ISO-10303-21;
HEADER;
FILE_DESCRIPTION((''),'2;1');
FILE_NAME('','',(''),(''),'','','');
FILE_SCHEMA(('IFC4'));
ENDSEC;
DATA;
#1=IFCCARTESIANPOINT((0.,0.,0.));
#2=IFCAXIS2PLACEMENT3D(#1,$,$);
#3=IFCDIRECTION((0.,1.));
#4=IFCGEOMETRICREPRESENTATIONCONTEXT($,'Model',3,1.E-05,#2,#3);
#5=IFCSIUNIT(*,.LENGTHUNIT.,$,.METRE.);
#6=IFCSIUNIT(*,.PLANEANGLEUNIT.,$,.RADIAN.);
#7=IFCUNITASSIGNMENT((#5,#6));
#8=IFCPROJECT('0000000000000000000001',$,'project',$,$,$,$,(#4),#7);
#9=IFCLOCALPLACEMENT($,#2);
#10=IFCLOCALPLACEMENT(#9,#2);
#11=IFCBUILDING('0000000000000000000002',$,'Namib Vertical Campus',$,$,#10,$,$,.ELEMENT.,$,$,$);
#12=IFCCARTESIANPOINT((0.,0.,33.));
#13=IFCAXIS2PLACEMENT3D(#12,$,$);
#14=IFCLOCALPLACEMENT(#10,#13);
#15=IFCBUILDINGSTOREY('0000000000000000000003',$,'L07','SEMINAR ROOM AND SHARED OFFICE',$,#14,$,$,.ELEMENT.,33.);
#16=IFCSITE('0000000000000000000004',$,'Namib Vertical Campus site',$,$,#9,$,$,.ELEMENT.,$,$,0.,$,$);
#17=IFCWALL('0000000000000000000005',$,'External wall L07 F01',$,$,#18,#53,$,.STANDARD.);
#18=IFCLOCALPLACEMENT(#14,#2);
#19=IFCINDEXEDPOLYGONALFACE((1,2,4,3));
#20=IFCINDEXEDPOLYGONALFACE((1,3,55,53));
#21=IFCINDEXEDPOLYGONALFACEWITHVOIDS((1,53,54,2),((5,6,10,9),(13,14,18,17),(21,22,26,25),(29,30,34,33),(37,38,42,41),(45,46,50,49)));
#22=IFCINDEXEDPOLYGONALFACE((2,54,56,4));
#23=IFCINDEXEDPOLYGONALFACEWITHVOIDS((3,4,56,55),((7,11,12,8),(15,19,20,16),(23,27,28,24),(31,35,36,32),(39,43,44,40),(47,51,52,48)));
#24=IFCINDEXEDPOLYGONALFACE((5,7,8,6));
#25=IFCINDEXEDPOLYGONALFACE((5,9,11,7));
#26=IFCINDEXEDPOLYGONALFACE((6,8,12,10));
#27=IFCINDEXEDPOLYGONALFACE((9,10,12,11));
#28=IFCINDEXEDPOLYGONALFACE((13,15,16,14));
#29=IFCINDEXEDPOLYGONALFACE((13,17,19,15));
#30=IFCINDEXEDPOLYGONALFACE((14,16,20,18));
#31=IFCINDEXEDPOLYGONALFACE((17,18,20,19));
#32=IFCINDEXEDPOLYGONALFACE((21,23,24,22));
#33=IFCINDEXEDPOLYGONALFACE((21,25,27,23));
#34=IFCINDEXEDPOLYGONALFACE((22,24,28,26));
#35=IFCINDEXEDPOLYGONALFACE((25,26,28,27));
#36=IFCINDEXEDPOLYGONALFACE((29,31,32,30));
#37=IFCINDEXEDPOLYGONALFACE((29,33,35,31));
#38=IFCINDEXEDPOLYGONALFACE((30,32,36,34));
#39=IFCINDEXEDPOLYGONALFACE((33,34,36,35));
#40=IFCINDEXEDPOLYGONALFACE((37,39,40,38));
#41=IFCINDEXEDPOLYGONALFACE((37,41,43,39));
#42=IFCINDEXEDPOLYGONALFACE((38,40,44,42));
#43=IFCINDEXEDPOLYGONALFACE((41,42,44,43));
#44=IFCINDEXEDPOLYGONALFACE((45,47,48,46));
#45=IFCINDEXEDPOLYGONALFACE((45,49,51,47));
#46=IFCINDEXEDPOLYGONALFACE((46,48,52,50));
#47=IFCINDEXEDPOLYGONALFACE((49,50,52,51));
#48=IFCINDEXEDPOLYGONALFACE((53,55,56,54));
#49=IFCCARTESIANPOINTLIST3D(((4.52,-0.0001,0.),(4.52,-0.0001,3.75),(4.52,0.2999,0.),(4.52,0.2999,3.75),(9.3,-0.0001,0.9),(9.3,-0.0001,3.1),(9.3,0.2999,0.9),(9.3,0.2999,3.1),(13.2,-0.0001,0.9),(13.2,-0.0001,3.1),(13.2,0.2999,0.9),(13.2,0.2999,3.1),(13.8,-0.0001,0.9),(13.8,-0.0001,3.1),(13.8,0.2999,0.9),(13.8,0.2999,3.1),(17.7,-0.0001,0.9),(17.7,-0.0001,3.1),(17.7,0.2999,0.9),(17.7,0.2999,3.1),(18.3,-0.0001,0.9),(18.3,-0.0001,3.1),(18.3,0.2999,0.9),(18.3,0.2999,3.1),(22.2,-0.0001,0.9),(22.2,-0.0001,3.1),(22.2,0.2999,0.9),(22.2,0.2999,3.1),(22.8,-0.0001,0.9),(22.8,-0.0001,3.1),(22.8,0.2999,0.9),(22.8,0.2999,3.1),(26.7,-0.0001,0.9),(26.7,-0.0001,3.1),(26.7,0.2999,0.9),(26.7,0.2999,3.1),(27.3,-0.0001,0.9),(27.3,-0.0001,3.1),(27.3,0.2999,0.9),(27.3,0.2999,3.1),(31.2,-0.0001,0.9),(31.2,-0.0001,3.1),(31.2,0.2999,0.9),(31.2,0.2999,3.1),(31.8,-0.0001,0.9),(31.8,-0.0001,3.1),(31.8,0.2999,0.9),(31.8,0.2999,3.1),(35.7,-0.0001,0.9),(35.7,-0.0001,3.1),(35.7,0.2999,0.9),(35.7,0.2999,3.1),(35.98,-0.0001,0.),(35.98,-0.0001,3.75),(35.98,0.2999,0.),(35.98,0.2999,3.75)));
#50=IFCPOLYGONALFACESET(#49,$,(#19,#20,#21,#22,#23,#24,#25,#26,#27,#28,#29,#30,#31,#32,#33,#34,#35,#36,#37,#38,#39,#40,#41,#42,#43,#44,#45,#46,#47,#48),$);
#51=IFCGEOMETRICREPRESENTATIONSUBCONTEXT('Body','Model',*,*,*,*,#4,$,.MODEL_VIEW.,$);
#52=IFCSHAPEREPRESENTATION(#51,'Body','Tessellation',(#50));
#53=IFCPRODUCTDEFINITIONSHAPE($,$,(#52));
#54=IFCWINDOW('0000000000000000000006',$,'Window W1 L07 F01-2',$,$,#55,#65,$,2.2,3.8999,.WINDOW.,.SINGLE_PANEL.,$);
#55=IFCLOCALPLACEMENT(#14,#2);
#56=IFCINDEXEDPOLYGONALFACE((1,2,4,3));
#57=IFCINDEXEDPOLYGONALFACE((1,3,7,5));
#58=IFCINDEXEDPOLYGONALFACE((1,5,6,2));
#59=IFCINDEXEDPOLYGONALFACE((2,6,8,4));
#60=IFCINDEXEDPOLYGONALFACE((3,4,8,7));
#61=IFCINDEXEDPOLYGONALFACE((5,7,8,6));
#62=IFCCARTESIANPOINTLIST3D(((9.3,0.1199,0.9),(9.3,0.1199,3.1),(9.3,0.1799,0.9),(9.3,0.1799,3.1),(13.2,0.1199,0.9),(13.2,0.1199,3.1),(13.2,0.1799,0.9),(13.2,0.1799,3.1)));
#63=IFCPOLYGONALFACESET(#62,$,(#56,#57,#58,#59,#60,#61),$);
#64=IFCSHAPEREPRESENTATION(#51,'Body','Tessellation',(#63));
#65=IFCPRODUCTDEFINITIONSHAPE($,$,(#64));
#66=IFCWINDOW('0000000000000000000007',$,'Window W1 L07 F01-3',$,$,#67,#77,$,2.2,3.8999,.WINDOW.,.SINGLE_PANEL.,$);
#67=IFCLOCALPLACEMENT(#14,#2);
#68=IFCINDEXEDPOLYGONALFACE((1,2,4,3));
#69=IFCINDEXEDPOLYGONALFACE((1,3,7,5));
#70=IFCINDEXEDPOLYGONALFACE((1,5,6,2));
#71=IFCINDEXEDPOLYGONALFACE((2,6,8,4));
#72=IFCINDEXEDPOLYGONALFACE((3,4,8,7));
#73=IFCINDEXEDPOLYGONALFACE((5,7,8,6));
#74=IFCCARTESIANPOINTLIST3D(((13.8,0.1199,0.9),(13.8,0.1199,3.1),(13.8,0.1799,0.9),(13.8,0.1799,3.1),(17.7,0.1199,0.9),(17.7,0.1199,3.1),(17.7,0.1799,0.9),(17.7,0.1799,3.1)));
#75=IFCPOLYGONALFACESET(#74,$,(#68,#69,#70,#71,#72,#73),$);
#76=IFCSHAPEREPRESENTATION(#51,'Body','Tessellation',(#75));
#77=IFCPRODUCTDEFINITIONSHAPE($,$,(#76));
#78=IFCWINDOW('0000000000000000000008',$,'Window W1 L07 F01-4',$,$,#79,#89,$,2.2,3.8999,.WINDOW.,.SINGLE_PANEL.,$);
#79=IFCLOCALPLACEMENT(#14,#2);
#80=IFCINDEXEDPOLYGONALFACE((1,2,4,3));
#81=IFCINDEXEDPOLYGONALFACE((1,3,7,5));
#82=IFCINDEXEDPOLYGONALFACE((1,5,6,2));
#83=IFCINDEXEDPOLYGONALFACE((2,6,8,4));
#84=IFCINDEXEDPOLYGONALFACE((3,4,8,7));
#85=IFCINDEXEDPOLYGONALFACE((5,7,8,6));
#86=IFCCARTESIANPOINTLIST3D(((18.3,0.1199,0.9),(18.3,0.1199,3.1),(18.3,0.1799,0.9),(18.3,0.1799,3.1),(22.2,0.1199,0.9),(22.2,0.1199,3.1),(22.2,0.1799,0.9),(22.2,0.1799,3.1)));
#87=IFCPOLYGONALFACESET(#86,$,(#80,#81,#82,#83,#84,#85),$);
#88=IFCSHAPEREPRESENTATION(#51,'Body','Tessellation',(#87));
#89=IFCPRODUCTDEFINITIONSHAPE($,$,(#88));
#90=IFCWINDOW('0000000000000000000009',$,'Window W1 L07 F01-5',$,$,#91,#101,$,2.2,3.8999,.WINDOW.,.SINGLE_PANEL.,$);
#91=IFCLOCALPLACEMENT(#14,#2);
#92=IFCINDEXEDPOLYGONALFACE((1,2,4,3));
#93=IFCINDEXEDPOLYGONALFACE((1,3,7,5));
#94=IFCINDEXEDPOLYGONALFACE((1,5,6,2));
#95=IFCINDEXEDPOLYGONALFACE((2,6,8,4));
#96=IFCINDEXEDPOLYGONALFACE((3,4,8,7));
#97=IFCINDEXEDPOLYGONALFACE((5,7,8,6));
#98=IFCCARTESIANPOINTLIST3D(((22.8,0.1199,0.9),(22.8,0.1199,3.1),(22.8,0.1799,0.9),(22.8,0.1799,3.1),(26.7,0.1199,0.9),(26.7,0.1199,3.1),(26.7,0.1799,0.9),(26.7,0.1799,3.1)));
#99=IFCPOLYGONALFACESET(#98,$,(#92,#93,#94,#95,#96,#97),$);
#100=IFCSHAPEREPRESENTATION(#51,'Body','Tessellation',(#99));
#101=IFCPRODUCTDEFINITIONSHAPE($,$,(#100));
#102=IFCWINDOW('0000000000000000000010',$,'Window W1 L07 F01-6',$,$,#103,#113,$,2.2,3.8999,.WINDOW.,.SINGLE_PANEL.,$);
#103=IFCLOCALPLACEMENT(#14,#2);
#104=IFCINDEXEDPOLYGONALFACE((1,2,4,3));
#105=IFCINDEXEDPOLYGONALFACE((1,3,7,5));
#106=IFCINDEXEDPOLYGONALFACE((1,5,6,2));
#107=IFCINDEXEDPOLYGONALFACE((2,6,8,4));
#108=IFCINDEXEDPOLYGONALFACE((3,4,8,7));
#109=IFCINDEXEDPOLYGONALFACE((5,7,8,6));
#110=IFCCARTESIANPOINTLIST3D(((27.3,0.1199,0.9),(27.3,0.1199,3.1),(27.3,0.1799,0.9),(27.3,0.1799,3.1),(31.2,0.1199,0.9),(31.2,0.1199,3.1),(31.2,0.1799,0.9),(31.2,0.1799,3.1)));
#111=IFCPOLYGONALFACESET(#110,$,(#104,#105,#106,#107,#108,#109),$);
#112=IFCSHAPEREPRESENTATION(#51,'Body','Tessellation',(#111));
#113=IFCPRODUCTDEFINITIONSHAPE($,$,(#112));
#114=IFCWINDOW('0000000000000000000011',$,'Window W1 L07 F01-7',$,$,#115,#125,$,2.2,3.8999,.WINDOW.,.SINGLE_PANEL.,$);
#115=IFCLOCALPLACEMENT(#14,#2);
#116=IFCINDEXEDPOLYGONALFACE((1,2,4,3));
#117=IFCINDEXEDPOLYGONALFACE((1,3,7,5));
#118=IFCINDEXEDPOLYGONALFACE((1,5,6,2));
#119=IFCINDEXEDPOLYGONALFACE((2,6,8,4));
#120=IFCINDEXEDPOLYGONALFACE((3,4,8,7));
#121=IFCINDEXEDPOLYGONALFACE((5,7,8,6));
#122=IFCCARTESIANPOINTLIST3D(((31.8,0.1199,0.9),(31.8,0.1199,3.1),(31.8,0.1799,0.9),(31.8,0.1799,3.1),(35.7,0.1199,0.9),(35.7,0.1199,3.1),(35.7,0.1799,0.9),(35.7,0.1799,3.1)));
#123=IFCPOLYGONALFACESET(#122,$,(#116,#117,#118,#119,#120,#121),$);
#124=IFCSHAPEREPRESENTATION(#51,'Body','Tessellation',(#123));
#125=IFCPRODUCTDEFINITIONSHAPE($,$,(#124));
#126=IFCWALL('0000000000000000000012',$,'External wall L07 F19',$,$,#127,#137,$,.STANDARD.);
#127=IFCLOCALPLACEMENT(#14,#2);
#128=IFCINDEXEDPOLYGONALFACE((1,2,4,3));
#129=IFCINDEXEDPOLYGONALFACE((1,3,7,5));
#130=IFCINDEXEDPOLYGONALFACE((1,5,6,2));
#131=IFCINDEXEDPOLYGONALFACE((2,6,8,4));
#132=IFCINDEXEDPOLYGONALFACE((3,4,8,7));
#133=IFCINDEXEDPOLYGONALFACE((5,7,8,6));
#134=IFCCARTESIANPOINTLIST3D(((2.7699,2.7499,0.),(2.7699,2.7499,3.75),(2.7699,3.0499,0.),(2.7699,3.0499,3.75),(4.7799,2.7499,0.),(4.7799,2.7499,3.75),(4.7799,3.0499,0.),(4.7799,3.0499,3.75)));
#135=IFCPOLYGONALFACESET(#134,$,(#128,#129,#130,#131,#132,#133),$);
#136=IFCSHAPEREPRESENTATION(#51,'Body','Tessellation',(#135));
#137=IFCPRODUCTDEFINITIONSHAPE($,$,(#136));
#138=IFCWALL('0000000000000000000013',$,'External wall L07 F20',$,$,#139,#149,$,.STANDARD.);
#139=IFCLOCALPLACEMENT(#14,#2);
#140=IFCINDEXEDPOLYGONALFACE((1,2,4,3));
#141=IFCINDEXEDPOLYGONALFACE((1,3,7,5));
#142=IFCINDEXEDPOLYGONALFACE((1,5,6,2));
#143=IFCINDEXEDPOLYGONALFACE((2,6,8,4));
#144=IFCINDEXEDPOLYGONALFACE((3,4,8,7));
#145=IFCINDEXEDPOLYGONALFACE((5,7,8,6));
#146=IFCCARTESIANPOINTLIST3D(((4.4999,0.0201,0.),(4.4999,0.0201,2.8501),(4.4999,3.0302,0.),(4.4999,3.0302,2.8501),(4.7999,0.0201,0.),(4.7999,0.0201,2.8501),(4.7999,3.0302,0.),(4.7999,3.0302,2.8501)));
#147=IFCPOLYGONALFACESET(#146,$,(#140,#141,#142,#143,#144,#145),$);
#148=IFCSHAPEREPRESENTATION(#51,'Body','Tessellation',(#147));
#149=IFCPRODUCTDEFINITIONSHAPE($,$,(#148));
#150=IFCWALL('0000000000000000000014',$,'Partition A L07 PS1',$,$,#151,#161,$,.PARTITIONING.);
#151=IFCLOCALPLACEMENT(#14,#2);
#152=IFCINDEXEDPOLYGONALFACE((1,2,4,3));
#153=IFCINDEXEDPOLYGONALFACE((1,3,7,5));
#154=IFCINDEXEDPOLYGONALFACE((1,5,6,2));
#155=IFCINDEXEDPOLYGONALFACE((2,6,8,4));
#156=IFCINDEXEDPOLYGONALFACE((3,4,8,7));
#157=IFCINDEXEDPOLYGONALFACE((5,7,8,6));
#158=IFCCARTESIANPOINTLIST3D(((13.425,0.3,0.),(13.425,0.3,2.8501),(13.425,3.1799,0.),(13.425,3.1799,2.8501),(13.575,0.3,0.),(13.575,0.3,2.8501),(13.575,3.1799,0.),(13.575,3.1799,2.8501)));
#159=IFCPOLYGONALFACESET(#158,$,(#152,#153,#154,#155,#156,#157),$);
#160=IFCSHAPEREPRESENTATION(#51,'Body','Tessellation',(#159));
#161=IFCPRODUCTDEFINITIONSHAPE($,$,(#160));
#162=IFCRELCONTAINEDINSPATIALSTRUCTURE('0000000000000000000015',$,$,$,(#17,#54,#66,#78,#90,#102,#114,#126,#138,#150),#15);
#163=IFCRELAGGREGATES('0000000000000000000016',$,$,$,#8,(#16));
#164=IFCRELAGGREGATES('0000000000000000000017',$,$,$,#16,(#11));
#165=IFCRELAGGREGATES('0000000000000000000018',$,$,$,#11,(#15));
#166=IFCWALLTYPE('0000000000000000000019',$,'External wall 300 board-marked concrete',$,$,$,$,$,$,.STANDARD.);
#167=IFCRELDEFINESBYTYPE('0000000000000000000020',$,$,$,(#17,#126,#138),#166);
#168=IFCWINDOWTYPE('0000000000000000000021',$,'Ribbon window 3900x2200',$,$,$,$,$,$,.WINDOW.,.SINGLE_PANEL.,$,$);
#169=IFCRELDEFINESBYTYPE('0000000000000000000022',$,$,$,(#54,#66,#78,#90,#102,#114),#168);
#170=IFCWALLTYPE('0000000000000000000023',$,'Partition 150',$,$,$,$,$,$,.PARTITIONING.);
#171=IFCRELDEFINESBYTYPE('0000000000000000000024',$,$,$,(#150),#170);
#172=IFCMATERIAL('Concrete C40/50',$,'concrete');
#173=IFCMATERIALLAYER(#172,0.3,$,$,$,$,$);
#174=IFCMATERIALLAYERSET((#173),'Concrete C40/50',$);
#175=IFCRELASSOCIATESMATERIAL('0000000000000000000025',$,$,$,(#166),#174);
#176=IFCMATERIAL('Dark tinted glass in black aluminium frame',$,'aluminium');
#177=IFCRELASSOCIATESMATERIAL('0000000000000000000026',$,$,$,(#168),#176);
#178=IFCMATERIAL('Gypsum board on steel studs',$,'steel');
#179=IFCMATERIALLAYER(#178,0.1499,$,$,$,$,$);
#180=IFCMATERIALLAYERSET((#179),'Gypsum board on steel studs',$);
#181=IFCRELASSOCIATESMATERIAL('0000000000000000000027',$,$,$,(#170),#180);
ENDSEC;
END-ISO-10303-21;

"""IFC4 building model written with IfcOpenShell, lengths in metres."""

from ifc_helpers import new_model, si_unit, direction, frame, frame_2d, origin, place, context, subcontext, project, spatial, rectangle, extrude, material, layer, layer_set, type_object, element, fill, save


model = new_model("IFC4")

# Units and contexts
model_context = context("Model", 3, precision=1e-05, world=origin(), true_north=direction((0.0, 1.0)))
body_context = subcontext(model_context, "Body", "Model", "MODEL_VIEW")
ifc_project = project(units=[si_unit("LENGTHUNIT", "METRE"), si_unit("PLANEANGLEUNIT", "RADIAN")], contexts=[model_context])

# Site, building, storey
site_placement = place(None, origin())
site = spatial("IfcSite", under=ifc_project, at=site_placement, Name="Namib Vertical Campus site", CompositionType="ELEMENT", RefElevation=0.0)
building_placement = place(site_placement, origin())
building = spatial("IfcBuilding", under=site, at=building_placement, Name="Namib Vertical Campus", CompositionType="ELEMENT")
storey_placement = place(building_placement, frame((0.0, 0.0, 33.0)))
storey = spatial("IfcBuildingStorey", under=building, at=storey_placement, Name="L07", Description="SEMINAR ROOM AND SHARED OFFICE", CompositionType="ELEMENT", Elevation=33.0)

# Wall, openings, windows
ifc_material_1 = material(Name="Concrete C40/50", Category="concrete")
ifc_layer_1 = layer(ifc_material_1, 0.3)
ifc_layer_set_1 = layer_set([ifc_layer_1], Name="Concrete C40/50")
wall_type_1 = type_object("IfcWallType", Name="External wall 300 board-marked concrete", PredefinedType="STANDARD", material=ifc_layer_set_1)
wall_1_placement = place(storey_placement, frame((4.52, 0.1499, 0.0), z_axis=(0.0, 0.0, 1.0), x_axis=(1.0, 0.0, 0.0)))
wall_1 = element("IfcWall", 1, at=wall_1_placement, inside=storey, type_object=wall_type_1, Name="External wall L07 F01", PredefinedType="STANDARD", context=body_context, shape_type="SweptSolid", body=[
    extrude(rectangle(XDim=31.46, YDim=0.3, at=frame_2d((15.73, 0.0))), origin(), (0.0, 0.0, 1.0), 3.75),
])
opening_1_placement = place(wall_1_placement, frame((4.78, 0.0, 0.8999)))
opening_1 = element("IfcOpeningElement", 2, at=opening_1_placement, cuts=wall_1, PredefinedType="OPENING", context=body_context, shape_type="SweptSolid", body=[
    extrude(rectangle(XDim=3.8999, YDim=2.2, at=frame_2d((1.95, 1.1001))), frame((0.0, 0.1599, 0.0), z_axis=(0.0, -1.0, 0.0), x_axis=(1.0, 0.0, 0.0)), (0.0, 0.0, 1.0), 0.3201),
])
opening_2_placement = place(wall_1_placement, frame((9.28, 0.0, 0.8999)))
opening_2 = element("IfcOpeningElement", 3, at=opening_2_placement, cuts=wall_1, PredefinedType="OPENING", context=body_context, shape_type="SweptSolid", body=[
    extrude(rectangle(XDim=3.8999, YDim=2.2, at=frame_2d((1.95, 1.1001))), frame((0.0, 0.1599, 0.0), z_axis=(0.0, -1.0, 0.0), x_axis=(1.0, 0.0, 0.0)), (0.0, 0.0, 1.0), 0.3201),
])
opening_3_placement = place(wall_1_placement, frame((13.78, 0.0, 0.8999)))
opening_3 = element("IfcOpeningElement", 4, at=opening_3_placement, cuts=wall_1, PredefinedType="OPENING", context=body_context, shape_type="SweptSolid", body=[
    extrude(rectangle(XDim=3.8999, YDim=2.2, at=frame_2d((1.95, 1.1001))), frame((0.0, 0.1599, 0.0), z_axis=(0.0, -1.0, 0.0), x_axis=(1.0, 0.0, 0.0)), (0.0, 0.0, 1.0), 0.3201),
])
opening_4_placement = place(wall_1_placement, frame((18.28, 0.0, 0.8999)))
opening_4 = element("IfcOpeningElement", 5, at=opening_4_placement, cuts=wall_1, PredefinedType="OPENING", context=body_context, shape_type="SweptSolid", body=[
    extrude(rectangle(XDim=3.8999, YDim=2.2, at=frame_2d((1.95, 1.1001))), frame((0.0, 0.1599, 0.0), z_axis=(0.0, -1.0, 0.0), x_axis=(1.0, 0.0, 0.0)), (0.0, 0.0, 1.0), 0.3201),
])
opening_5_placement = place(wall_1_placement, frame((22.78, 0.0, 0.8999)))
opening_5 = element("IfcOpeningElement", 6, at=opening_5_placement, cuts=wall_1, PredefinedType="OPENING", context=body_context, shape_type="SweptSolid", body=[
    extrude(rectangle(XDim=3.8999, YDim=2.2, at=frame_2d((1.95, 1.1001))), frame((0.0, 0.1599, 0.0), z_axis=(0.0, -1.0, 0.0), x_axis=(1.0, 0.0, 0.0)), (0.0, 0.0, 1.0), 0.3201),
])
opening_6_placement = place(wall_1_placement, frame((27.28, 0.0, 0.8999)))
opening_6 = element("IfcOpeningElement", 7, at=opening_6_placement, cuts=wall_1, PredefinedType="OPENING", context=body_context, shape_type="SweptSolid", body=[
    extrude(rectangle(XDim=3.8999, YDim=2.2, at=frame_2d((1.95, 1.1001))), frame((0.0, 0.1599, 0.0), z_axis=(0.0, -1.0, 0.0), x_axis=(1.0, 0.0, 0.0)), (0.0, 0.0, 1.0), 0.3201),
])
ifc_material_2 = material(Name="Dark tinted glass in black aluminium frame", Category="aluminium")
window_type = type_object("IfcWindowType", Name="Ribbon window 3900x2200", PartitioningType="SINGLE_PANEL", PredefinedType="WINDOW", material=ifc_material_2)
window_1_placement = place(opening_1_placement, origin())
window_1 = element("IfcWindow", 8, at=window_1_placement, inside=storey, type_object=window_type, Name="Window W1 L07 F01-2", OverallHeight=2.2, OverallWidth=3.8999, PartitioningType="SINGLE_PANEL", PredefinedType="WINDOW", context=body_context, shape_type="SweptSolid", body=[
    extrude(rectangle(XDim=3.8999, YDim=2.2, at=frame_2d((1.95, 1.1001))), frame((0.0, 0.03, 0.0), z_axis=(0.0, -1.0, 0.0), x_axis=(1.0, 0.0, 0.0)), (0.0, 0.0, 1.0), 0.0601),
])
fill(opening_1, window_1)
window_2_placement = place(opening_2_placement, origin())
window_2 = element("IfcWindow", 9, at=window_2_placement, inside=storey, type_object=window_type, Name="Window W1 L07 F01-3", OverallHeight=2.2, OverallWidth=3.8999, PartitioningType="SINGLE_PANEL", PredefinedType="WINDOW", context=body_context, shape_type="SweptSolid", body=[
    extrude(rectangle(XDim=3.8999, YDim=2.2, at=frame_2d((1.95, 1.1001))), frame((0.0, 0.03, 0.0), z_axis=(0.0, -1.0, 0.0), x_axis=(1.0, 0.0, 0.0)), (0.0, 0.0, 1.0), 0.0601),
])
fill(opening_2, window_2)
window_3_placement = place(opening_3_placement, origin())
window_3 = element("IfcWindow", 10, at=window_3_placement, inside=storey, type_object=window_type, Name="Window W1 L07 F01-4", OverallHeight=2.2, OverallWidth=3.8999, PartitioningType="SINGLE_PANEL", PredefinedType="WINDOW", context=body_context, shape_type="SweptSolid", body=[
    extrude(rectangle(XDim=3.8999, YDim=2.2, at=frame_2d((1.95, 1.1001))), frame((0.0, 0.03, 0.0), z_axis=(0.0, -1.0, 0.0), x_axis=(1.0, 0.0, 0.0)), (0.0, 0.0, 1.0), 0.0601),
])
fill(opening_3, window_3)
window_4_placement = place(opening_4_placement, origin())
window_4 = element("IfcWindow", 11, at=window_4_placement, inside=storey, type_object=window_type, Name="Window W1 L07 F01-5", OverallHeight=2.2, OverallWidth=3.8999, PartitioningType="SINGLE_PANEL", PredefinedType="WINDOW", context=body_context, shape_type="SweptSolid", body=[
    extrude(rectangle(XDim=3.8999, YDim=2.2, at=frame_2d((1.95, 1.1001))), frame((0.0, 0.03, 0.0), z_axis=(0.0, -1.0, 0.0), x_axis=(1.0, 0.0, 0.0)), (0.0, 0.0, 1.0), 0.0601),
])
fill(opening_4, window_4)
window_5_placement = place(opening_5_placement, origin())
window_5 = element("IfcWindow", 12, at=window_5_placement, inside=storey, type_object=window_type, Name="Window W1 L07 F01-6", OverallHeight=2.2, OverallWidth=3.8999, PartitioningType="SINGLE_PANEL", PredefinedType="WINDOW", context=body_context, shape_type="SweptSolid", body=[
    extrude(rectangle(XDim=3.8999, YDim=2.2, at=frame_2d((1.95, 1.1001))), frame((0.0, 0.03, 0.0), z_axis=(0.0, -1.0, 0.0), x_axis=(1.0, 0.0, 0.0)), (0.0, 0.0, 1.0), 0.0601),
])
fill(opening_5, window_5)
window_6_placement = place(opening_6_placement, origin())
window_6 = element("IfcWindow", 13, at=window_6_placement, inside=storey, type_object=window_type, Name="Window W1 L07 F01-7", OverallHeight=2.2, OverallWidth=3.8999, PartitioningType="SINGLE_PANEL", PredefinedType="WINDOW", context=body_context, shape_type="SweptSolid", body=[
    extrude(rectangle(XDim=3.8999, YDim=2.2, at=frame_2d((1.95, 1.1001))), frame((0.0, 0.03, 0.0), z_axis=(0.0, -1.0, 0.0), x_axis=(1.0, 0.0, 0.0)), (0.0, 0.0, 1.0), 0.0601),
])
fill(opening_6, window_6)

# Walls
wall_2_placement = place(storey_placement, frame((2.77, 2.8999, 0.0), z_axis=(0.0, 0.0, 1.0), x_axis=(1.0, 0.0, 0.0)))
element("IfcWall", 14, at=wall_2_placement, inside=storey, type_object=wall_type_1, Name="External wall L07 F19", PredefinedType="STANDARD", context=body_context, shape_type="SweptSolid", body=[
    extrude(rectangle(XDim=2.01, YDim=0.3, at=frame_2d((1.0049, 0.0))), origin(), (0.0, 0.0, 1.0), 3.75),
])
wall_3_placement = place(storey_placement, frame((4.6499, 3.03, 0.0), z_axis=(0.0, 0.0, 1.0), x_axis=(0.0, -1.0, 0.0)))
element("IfcWall", 15, at=wall_3_placement, inside=storey, type_object=wall_type_1, Name="External wall L07 F20", PredefinedType="STANDARD", context=body_context, shape_type="SweptSolid", body=[
    extrude(rectangle(XDim=3.01, YDim=0.3, at=frame_2d((1.5049, 0.0))), origin(), (0.0, 0.0, 1.0), 2.8501),
])
ifc_material_3 = material(Name="Gypsum board on steel studs", Category="steel")
ifc_layer_2 = layer(ifc_material_3, 0.1499)
ifc_layer_set_2 = layer_set([ifc_layer_2], Name="Gypsum board on steel studs")
wall_type_2 = type_object("IfcWallType", Name="Partition 150", PredefinedType="PARTITIONING", material=ifc_layer_set_2)
wall_4_placement = place(storey_placement, frame((13.5, 0.3, 0.0), z_axis=(0.0, 0.0, 1.0), x_axis=(0.0, 1.0, 0.0)))
element("IfcWall", 16, at=wall_4_placement, inside=storey, type_object=wall_type_2, Name="Partition A L07 PS1", PredefinedType="PARTITIONING", context=body_context, shape_type="SweptSolid", body=[
    extrude(rectangle(XDim=2.8799, YDim=0.1499, at=frame_2d((1.4399, 0.0))), origin(), (0.0, 0.0, 1.0), 2.8501),
])

save(model, "model.ifc")
